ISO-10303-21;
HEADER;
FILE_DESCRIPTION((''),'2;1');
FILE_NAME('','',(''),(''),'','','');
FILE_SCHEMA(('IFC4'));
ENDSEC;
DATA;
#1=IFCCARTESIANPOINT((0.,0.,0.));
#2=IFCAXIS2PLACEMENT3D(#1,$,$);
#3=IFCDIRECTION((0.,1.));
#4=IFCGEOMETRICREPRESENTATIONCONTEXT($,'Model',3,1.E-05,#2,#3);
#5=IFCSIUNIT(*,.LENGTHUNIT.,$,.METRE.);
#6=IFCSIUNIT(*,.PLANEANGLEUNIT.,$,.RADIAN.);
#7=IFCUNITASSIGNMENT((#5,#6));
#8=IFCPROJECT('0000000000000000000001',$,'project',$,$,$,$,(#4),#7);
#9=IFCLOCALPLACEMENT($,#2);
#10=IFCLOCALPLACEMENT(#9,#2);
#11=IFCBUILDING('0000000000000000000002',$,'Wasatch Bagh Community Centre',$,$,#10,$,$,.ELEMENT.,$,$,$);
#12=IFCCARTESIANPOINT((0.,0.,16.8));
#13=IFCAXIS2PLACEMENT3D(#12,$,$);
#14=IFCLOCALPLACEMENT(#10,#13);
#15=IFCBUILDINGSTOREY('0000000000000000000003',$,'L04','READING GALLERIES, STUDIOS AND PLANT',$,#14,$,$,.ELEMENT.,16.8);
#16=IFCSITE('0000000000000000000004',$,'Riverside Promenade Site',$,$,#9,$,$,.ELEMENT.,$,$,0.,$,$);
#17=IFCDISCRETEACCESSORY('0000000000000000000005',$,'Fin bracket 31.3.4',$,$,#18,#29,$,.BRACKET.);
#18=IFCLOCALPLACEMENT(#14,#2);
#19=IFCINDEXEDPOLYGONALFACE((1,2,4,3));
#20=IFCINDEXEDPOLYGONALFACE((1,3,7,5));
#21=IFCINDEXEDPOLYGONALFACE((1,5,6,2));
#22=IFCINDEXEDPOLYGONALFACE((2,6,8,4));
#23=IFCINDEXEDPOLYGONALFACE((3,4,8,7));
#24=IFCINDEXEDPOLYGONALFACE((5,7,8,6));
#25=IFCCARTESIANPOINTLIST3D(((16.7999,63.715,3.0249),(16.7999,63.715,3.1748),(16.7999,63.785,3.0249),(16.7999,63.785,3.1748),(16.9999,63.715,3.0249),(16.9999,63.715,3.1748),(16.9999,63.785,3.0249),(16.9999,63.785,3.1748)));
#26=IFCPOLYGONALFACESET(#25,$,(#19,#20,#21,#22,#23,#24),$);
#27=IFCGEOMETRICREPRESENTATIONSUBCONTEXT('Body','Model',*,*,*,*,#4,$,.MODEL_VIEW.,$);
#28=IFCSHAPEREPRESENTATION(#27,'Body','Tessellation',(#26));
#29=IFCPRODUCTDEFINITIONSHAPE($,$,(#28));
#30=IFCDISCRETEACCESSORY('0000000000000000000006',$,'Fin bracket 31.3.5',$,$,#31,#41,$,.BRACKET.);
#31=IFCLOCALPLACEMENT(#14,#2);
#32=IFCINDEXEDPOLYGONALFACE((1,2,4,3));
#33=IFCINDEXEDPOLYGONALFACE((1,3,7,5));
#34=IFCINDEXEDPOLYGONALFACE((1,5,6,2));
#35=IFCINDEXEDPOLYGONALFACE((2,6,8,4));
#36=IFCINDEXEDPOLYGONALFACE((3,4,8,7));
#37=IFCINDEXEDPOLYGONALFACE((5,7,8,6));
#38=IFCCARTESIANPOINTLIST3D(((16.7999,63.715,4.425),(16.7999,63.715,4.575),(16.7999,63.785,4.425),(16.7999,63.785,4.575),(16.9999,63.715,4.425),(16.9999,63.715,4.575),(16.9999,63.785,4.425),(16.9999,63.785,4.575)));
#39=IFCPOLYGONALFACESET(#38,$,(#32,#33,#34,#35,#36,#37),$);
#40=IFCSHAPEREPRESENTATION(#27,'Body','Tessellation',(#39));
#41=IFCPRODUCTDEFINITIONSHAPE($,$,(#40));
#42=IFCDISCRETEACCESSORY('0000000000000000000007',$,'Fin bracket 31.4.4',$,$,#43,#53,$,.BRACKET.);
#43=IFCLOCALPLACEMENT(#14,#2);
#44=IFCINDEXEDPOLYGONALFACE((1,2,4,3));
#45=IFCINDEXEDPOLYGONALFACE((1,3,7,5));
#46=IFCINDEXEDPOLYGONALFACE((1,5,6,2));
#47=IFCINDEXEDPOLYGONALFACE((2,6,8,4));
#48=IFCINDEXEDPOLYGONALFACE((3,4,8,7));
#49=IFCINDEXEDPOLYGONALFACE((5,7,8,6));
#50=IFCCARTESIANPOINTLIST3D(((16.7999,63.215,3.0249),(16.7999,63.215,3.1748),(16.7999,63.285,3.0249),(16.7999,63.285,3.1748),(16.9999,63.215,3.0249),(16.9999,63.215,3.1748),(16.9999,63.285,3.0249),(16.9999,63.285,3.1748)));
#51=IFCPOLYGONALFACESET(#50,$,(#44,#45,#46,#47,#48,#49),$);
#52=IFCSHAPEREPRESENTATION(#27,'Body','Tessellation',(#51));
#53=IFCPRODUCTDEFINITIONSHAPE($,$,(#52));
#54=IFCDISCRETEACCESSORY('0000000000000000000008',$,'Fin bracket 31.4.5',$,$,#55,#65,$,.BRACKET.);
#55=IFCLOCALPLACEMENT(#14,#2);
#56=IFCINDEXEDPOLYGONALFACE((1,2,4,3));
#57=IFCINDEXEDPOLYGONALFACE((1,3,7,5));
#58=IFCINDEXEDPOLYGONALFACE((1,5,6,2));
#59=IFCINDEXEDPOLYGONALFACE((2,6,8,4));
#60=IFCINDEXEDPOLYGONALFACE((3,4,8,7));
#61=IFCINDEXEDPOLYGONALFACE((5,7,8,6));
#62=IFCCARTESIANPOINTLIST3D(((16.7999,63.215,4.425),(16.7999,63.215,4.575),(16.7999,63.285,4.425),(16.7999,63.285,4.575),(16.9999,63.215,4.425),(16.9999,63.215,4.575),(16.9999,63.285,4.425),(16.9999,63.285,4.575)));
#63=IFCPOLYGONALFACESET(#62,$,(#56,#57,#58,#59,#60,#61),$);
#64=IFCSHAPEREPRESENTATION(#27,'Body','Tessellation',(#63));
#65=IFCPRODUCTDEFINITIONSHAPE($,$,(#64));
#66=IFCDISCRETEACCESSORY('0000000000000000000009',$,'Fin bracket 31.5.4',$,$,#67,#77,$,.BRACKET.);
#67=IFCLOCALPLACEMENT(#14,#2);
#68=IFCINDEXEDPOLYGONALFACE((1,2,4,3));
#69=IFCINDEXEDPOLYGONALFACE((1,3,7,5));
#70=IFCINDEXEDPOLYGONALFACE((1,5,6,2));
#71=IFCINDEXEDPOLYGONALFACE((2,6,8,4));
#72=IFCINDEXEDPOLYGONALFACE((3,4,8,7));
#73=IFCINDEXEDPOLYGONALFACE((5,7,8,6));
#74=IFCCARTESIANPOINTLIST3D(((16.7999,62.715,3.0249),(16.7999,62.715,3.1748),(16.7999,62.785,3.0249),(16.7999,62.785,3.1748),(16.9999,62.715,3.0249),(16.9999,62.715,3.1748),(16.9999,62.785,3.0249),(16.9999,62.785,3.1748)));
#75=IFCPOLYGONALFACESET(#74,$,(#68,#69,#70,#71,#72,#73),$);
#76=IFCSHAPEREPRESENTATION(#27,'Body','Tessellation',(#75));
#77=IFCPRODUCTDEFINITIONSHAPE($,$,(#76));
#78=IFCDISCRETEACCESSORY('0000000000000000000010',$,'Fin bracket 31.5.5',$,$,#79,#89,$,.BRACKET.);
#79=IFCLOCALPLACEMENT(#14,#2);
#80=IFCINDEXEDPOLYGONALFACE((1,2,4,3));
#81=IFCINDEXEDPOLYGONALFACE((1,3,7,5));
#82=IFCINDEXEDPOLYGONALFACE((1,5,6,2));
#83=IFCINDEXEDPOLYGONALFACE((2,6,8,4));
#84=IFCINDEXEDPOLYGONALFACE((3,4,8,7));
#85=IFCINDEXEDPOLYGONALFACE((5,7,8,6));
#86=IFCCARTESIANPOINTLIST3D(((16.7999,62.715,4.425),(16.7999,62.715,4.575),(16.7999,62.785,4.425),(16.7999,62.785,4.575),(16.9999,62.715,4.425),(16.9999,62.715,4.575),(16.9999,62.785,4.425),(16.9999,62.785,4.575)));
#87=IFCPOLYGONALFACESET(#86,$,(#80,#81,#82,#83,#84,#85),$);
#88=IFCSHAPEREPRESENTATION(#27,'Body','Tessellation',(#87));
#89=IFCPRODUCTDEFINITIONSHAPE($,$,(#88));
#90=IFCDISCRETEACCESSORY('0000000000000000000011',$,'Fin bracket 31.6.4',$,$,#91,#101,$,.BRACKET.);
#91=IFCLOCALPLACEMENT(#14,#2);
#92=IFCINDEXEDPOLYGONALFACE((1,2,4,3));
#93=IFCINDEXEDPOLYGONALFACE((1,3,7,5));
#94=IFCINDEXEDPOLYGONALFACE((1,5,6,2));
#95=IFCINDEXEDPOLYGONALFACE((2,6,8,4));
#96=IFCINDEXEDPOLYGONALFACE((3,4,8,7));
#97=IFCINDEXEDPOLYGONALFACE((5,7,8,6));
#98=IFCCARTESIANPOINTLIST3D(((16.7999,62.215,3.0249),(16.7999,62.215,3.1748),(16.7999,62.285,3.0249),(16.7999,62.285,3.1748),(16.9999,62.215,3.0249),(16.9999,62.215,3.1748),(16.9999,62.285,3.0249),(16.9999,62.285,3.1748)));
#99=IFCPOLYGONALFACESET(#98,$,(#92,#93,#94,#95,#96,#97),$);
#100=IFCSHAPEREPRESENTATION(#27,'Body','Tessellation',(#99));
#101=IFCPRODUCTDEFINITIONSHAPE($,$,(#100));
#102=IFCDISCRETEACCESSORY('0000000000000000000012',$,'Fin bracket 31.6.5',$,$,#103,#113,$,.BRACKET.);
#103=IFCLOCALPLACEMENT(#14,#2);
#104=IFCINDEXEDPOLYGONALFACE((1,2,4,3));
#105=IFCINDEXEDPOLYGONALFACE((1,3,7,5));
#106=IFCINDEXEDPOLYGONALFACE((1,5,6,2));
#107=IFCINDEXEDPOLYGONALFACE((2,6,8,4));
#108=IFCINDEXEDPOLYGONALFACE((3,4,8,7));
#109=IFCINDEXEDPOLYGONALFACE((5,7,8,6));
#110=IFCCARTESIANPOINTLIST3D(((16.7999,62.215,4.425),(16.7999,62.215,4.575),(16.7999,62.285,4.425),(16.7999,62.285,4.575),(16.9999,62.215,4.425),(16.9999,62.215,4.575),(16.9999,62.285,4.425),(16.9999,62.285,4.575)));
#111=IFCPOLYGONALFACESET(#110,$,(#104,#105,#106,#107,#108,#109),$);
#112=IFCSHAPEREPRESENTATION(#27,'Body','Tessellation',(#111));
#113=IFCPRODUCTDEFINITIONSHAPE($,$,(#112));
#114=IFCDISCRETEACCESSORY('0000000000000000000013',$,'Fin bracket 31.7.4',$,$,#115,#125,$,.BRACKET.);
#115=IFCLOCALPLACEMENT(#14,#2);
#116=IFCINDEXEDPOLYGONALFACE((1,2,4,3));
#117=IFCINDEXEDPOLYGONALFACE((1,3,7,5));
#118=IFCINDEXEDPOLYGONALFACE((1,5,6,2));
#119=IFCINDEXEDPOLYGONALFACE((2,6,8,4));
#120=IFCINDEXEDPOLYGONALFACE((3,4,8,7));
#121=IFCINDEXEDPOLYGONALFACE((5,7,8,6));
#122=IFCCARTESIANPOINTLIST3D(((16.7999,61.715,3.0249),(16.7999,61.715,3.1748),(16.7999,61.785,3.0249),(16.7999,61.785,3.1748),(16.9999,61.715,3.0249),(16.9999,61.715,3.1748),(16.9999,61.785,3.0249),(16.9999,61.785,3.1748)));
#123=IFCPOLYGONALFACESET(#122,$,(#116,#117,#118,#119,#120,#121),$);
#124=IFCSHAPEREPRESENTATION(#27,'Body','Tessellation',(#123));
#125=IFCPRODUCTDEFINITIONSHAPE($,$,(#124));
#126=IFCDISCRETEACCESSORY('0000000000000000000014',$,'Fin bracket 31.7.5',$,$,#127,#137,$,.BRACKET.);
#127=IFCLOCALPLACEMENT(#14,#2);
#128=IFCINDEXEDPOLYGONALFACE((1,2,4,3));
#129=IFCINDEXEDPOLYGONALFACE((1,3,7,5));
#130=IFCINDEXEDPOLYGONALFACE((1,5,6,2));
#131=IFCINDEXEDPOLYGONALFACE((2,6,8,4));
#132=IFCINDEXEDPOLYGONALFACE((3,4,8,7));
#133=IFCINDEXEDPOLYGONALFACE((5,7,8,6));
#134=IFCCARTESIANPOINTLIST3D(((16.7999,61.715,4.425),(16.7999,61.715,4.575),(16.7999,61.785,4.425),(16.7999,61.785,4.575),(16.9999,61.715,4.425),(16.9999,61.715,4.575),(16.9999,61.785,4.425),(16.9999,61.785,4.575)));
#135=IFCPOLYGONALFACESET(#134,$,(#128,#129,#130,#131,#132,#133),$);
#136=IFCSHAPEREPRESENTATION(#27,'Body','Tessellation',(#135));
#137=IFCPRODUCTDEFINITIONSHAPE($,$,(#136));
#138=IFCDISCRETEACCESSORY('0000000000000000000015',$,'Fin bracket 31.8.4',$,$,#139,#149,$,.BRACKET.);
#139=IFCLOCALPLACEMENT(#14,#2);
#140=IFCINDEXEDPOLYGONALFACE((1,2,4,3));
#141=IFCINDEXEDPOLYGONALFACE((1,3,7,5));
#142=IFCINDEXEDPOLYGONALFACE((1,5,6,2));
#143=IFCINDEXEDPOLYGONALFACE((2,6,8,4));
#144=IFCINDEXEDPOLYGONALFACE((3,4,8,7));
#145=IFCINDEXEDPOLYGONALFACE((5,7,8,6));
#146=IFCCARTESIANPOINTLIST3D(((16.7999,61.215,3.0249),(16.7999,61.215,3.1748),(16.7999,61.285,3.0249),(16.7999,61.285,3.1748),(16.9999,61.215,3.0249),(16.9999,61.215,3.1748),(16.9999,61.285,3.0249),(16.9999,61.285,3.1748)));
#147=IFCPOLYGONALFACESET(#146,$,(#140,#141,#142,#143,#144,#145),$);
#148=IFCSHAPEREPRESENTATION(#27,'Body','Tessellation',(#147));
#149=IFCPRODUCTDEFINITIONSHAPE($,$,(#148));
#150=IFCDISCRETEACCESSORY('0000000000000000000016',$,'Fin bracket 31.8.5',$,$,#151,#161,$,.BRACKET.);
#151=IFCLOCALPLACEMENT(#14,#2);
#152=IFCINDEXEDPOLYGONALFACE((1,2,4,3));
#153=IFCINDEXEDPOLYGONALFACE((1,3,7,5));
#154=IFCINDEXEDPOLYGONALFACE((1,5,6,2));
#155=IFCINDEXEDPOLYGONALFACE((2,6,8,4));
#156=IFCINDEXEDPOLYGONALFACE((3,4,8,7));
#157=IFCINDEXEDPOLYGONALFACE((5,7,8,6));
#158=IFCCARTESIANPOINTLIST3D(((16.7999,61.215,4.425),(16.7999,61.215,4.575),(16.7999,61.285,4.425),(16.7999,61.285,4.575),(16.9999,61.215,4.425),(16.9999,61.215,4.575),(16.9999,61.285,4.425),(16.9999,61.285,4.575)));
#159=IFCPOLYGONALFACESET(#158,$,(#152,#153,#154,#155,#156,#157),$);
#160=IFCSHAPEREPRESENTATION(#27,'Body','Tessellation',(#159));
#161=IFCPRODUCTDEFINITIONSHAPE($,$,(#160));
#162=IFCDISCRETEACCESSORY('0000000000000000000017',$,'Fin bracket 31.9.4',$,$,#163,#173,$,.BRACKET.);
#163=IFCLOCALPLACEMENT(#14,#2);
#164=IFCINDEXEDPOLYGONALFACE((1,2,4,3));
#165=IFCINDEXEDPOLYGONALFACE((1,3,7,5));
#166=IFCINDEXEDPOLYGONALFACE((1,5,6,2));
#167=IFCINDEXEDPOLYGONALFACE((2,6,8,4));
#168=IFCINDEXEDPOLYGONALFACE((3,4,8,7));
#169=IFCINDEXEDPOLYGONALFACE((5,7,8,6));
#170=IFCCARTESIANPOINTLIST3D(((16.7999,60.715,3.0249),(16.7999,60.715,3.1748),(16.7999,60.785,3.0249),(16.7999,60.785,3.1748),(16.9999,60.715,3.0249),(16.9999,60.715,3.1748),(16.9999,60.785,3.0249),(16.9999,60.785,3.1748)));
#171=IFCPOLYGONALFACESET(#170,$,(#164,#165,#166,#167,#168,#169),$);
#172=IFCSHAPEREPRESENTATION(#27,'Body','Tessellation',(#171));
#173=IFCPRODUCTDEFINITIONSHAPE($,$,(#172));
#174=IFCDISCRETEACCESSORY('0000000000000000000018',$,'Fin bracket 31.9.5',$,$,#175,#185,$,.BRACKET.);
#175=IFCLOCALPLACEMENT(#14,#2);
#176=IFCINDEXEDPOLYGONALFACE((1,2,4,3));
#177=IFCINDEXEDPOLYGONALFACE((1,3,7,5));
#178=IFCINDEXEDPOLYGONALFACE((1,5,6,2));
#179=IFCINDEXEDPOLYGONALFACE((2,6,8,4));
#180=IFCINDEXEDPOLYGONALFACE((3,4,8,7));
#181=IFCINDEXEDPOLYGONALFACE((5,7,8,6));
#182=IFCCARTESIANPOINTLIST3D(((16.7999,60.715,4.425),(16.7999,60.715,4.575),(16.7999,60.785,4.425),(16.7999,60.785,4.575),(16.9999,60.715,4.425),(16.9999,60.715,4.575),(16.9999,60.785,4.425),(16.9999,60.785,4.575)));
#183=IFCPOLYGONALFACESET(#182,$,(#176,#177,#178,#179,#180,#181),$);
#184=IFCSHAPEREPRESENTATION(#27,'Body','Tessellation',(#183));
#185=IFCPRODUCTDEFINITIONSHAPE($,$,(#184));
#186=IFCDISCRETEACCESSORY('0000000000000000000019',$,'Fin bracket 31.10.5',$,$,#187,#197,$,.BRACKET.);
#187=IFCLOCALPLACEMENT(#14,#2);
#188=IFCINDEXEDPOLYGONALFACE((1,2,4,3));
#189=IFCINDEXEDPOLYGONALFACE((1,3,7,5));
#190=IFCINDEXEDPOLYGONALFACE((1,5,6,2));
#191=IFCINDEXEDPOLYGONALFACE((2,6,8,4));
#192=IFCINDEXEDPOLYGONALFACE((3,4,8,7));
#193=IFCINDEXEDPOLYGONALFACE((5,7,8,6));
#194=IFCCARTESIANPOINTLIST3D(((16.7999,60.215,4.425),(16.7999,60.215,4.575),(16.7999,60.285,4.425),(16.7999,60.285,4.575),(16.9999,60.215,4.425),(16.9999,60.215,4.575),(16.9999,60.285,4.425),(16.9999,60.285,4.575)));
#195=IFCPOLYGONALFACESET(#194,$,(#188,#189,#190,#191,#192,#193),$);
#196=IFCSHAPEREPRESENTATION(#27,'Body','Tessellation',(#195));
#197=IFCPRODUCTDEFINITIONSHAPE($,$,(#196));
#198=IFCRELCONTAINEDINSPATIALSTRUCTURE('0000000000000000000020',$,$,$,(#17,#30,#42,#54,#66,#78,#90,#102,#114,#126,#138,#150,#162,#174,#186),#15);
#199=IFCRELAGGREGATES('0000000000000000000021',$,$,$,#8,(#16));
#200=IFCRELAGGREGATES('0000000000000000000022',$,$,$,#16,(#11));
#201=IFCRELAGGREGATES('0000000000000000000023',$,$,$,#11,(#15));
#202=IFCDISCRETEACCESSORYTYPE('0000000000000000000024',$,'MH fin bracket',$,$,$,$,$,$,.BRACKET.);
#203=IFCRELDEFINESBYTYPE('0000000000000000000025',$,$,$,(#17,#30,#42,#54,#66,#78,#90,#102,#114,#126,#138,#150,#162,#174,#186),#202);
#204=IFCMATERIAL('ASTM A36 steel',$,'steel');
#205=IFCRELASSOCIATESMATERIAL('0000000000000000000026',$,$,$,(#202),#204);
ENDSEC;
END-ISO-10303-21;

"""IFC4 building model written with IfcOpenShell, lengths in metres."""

from ifc_helpers import new_model, si_unit, direction, frame, origin, origin_2d, place, context, subcontext, project, spatial, rectangle, extrude, material, type_object, element, save


model = new_model("IFC4")

# Units and contexts
model_context = context("Model", 3, precision=1e-05, world=origin(), true_north=direction((0.0, 1.0)))
body_context = subcontext(model_context, "Body", "Model", "MODEL_VIEW")
ifc_project = project(units=[si_unit("LENGTHUNIT", "METRE"), si_unit("PLANEANGLEUNIT", "RADIAN")], contexts=[model_context])

# Site, building, storey
site_placement = place(None, origin())
site = spatial("IfcSite", under=ifc_project, at=site_placement, Name="Riverside Promenade Site", CompositionType="ELEMENT", RefElevation=0.0)
building_placement = place(site_placement, origin())
building = spatial("IfcBuilding", under=site, at=building_placement, Name="Wasatch Bagh Community Centre", CompositionType="ELEMENT")
storey_placement = place(building_placement, frame((0.0, 0.0, 16.8)))
storey = spatial("IfcBuildingStorey", under=building, at=storey_placement, Name="L04", Description="READING GALLERIES, STUDIOS AND PLANT", CompositionType="ELEMENT", Elevation=16.8)

# Discrete accessories
ifc_material_1 = material(Name="ASTM A36 steel", Category="steel")
discrete_accessory_type = type_object("IfcDiscreteAccessoryType", Name="MH fin bracket", PredefinedType="BRACKET", material=ifc_material_1)
for number, where, z_axis, x_axis, name in (
    (1, (16.8999, 63.75, 3.0249), (0.0, 0.0, 1.0), (0.0, -1.0, 0.0), "Fin bracket 31.3.4"),
    (2, (16.8999, 63.75, 4.425), (0.0, 0.0, 1.0), (0.0, -1.0, 0.0), "Fin bracket 31.3.5"),
    (3, (16.8999, 63.25, 3.0249), (0.0, 0.0, 1.0), (0.0, -1.0, 0.0), "Fin bracket 31.4.4"),
    (4, (16.8999, 63.25, 4.425), (0.0, 0.0, 1.0), (0.0, -1.0, 0.0), "Fin bracket 31.4.5"),
    (5, (16.8999, 62.75, 3.0249), (0.0, 0.0, 1.0), (0.0, -1.0, 0.0), "Fin bracket 31.5.4"),
    (6, (16.8999, 62.75, 4.425), (0.0, 0.0, 1.0), (0.0, -1.0, 0.0), "Fin bracket 31.5.5"),
    (7, (16.8999, 62.25, 3.0249), (0.0, 0.0, 1.0), (0.0, -1.0, 0.0), "Fin bracket 31.6.4"),
    (8, (16.8999, 62.25, 4.425), (0.0, 0.0, 1.0), (0.0, -1.0, 0.0), "Fin bracket 31.6.5"),
    (9, (16.8999, 61.75, 3.0249), (0.0, 0.0, 1.0), (0.0, -1.0, 0.0), "Fin bracket 31.7.4"),
    (10, (16.8999, 61.75, 4.425), (0.0, 0.0, 1.0), (0.0, -1.0, 0.0), "Fin bracket 31.7.5"),
    (11, (16.8999, 61.25, 3.0249), (0.0, 0.0, 1.0), (0.0, -1.0, 0.0), "Fin bracket 31.8.4"),
    (12, (16.8999, 61.25, 4.425), (0.0, 0.0, 1.0), (0.0, -1.0, 0.0), "Fin bracket 31.8.5"),
    (13, (16.8999, 60.75, 3.0249), (0.0, 0.0, 1.0), (0.0, -1.0, 0.0), "Fin bracket 31.9.4"),
    (14, (16.8999, 60.75, 4.425), (0.0, 0.0, 1.0), (0.0, -1.0, 0.0), "Fin bracket 31.9.5"),
    (15, (16.8999, 60.25, 4.425), (0.0, 0.0, 1.0), (0.0, -1.0, 0.0), "Fin bracket 31.10.5"),
):
    element("IfcDiscreteAccessory", number, at=place(storey_placement, frame(where, z_axis=z_axis, x_axis=x_axis)), inside=storey, type_object=discrete_accessory_type, Name=name, PredefinedType="BRACKET", context=body_context, shape_type="SweptSolid", body=[
        extrude(rectangle(XDim=0.0701, YDim=0.2, at=origin_2d()), origin(), (0.0, 0.0, 1.0), 0.1499),
    ])

save(model, "model.ifc")
